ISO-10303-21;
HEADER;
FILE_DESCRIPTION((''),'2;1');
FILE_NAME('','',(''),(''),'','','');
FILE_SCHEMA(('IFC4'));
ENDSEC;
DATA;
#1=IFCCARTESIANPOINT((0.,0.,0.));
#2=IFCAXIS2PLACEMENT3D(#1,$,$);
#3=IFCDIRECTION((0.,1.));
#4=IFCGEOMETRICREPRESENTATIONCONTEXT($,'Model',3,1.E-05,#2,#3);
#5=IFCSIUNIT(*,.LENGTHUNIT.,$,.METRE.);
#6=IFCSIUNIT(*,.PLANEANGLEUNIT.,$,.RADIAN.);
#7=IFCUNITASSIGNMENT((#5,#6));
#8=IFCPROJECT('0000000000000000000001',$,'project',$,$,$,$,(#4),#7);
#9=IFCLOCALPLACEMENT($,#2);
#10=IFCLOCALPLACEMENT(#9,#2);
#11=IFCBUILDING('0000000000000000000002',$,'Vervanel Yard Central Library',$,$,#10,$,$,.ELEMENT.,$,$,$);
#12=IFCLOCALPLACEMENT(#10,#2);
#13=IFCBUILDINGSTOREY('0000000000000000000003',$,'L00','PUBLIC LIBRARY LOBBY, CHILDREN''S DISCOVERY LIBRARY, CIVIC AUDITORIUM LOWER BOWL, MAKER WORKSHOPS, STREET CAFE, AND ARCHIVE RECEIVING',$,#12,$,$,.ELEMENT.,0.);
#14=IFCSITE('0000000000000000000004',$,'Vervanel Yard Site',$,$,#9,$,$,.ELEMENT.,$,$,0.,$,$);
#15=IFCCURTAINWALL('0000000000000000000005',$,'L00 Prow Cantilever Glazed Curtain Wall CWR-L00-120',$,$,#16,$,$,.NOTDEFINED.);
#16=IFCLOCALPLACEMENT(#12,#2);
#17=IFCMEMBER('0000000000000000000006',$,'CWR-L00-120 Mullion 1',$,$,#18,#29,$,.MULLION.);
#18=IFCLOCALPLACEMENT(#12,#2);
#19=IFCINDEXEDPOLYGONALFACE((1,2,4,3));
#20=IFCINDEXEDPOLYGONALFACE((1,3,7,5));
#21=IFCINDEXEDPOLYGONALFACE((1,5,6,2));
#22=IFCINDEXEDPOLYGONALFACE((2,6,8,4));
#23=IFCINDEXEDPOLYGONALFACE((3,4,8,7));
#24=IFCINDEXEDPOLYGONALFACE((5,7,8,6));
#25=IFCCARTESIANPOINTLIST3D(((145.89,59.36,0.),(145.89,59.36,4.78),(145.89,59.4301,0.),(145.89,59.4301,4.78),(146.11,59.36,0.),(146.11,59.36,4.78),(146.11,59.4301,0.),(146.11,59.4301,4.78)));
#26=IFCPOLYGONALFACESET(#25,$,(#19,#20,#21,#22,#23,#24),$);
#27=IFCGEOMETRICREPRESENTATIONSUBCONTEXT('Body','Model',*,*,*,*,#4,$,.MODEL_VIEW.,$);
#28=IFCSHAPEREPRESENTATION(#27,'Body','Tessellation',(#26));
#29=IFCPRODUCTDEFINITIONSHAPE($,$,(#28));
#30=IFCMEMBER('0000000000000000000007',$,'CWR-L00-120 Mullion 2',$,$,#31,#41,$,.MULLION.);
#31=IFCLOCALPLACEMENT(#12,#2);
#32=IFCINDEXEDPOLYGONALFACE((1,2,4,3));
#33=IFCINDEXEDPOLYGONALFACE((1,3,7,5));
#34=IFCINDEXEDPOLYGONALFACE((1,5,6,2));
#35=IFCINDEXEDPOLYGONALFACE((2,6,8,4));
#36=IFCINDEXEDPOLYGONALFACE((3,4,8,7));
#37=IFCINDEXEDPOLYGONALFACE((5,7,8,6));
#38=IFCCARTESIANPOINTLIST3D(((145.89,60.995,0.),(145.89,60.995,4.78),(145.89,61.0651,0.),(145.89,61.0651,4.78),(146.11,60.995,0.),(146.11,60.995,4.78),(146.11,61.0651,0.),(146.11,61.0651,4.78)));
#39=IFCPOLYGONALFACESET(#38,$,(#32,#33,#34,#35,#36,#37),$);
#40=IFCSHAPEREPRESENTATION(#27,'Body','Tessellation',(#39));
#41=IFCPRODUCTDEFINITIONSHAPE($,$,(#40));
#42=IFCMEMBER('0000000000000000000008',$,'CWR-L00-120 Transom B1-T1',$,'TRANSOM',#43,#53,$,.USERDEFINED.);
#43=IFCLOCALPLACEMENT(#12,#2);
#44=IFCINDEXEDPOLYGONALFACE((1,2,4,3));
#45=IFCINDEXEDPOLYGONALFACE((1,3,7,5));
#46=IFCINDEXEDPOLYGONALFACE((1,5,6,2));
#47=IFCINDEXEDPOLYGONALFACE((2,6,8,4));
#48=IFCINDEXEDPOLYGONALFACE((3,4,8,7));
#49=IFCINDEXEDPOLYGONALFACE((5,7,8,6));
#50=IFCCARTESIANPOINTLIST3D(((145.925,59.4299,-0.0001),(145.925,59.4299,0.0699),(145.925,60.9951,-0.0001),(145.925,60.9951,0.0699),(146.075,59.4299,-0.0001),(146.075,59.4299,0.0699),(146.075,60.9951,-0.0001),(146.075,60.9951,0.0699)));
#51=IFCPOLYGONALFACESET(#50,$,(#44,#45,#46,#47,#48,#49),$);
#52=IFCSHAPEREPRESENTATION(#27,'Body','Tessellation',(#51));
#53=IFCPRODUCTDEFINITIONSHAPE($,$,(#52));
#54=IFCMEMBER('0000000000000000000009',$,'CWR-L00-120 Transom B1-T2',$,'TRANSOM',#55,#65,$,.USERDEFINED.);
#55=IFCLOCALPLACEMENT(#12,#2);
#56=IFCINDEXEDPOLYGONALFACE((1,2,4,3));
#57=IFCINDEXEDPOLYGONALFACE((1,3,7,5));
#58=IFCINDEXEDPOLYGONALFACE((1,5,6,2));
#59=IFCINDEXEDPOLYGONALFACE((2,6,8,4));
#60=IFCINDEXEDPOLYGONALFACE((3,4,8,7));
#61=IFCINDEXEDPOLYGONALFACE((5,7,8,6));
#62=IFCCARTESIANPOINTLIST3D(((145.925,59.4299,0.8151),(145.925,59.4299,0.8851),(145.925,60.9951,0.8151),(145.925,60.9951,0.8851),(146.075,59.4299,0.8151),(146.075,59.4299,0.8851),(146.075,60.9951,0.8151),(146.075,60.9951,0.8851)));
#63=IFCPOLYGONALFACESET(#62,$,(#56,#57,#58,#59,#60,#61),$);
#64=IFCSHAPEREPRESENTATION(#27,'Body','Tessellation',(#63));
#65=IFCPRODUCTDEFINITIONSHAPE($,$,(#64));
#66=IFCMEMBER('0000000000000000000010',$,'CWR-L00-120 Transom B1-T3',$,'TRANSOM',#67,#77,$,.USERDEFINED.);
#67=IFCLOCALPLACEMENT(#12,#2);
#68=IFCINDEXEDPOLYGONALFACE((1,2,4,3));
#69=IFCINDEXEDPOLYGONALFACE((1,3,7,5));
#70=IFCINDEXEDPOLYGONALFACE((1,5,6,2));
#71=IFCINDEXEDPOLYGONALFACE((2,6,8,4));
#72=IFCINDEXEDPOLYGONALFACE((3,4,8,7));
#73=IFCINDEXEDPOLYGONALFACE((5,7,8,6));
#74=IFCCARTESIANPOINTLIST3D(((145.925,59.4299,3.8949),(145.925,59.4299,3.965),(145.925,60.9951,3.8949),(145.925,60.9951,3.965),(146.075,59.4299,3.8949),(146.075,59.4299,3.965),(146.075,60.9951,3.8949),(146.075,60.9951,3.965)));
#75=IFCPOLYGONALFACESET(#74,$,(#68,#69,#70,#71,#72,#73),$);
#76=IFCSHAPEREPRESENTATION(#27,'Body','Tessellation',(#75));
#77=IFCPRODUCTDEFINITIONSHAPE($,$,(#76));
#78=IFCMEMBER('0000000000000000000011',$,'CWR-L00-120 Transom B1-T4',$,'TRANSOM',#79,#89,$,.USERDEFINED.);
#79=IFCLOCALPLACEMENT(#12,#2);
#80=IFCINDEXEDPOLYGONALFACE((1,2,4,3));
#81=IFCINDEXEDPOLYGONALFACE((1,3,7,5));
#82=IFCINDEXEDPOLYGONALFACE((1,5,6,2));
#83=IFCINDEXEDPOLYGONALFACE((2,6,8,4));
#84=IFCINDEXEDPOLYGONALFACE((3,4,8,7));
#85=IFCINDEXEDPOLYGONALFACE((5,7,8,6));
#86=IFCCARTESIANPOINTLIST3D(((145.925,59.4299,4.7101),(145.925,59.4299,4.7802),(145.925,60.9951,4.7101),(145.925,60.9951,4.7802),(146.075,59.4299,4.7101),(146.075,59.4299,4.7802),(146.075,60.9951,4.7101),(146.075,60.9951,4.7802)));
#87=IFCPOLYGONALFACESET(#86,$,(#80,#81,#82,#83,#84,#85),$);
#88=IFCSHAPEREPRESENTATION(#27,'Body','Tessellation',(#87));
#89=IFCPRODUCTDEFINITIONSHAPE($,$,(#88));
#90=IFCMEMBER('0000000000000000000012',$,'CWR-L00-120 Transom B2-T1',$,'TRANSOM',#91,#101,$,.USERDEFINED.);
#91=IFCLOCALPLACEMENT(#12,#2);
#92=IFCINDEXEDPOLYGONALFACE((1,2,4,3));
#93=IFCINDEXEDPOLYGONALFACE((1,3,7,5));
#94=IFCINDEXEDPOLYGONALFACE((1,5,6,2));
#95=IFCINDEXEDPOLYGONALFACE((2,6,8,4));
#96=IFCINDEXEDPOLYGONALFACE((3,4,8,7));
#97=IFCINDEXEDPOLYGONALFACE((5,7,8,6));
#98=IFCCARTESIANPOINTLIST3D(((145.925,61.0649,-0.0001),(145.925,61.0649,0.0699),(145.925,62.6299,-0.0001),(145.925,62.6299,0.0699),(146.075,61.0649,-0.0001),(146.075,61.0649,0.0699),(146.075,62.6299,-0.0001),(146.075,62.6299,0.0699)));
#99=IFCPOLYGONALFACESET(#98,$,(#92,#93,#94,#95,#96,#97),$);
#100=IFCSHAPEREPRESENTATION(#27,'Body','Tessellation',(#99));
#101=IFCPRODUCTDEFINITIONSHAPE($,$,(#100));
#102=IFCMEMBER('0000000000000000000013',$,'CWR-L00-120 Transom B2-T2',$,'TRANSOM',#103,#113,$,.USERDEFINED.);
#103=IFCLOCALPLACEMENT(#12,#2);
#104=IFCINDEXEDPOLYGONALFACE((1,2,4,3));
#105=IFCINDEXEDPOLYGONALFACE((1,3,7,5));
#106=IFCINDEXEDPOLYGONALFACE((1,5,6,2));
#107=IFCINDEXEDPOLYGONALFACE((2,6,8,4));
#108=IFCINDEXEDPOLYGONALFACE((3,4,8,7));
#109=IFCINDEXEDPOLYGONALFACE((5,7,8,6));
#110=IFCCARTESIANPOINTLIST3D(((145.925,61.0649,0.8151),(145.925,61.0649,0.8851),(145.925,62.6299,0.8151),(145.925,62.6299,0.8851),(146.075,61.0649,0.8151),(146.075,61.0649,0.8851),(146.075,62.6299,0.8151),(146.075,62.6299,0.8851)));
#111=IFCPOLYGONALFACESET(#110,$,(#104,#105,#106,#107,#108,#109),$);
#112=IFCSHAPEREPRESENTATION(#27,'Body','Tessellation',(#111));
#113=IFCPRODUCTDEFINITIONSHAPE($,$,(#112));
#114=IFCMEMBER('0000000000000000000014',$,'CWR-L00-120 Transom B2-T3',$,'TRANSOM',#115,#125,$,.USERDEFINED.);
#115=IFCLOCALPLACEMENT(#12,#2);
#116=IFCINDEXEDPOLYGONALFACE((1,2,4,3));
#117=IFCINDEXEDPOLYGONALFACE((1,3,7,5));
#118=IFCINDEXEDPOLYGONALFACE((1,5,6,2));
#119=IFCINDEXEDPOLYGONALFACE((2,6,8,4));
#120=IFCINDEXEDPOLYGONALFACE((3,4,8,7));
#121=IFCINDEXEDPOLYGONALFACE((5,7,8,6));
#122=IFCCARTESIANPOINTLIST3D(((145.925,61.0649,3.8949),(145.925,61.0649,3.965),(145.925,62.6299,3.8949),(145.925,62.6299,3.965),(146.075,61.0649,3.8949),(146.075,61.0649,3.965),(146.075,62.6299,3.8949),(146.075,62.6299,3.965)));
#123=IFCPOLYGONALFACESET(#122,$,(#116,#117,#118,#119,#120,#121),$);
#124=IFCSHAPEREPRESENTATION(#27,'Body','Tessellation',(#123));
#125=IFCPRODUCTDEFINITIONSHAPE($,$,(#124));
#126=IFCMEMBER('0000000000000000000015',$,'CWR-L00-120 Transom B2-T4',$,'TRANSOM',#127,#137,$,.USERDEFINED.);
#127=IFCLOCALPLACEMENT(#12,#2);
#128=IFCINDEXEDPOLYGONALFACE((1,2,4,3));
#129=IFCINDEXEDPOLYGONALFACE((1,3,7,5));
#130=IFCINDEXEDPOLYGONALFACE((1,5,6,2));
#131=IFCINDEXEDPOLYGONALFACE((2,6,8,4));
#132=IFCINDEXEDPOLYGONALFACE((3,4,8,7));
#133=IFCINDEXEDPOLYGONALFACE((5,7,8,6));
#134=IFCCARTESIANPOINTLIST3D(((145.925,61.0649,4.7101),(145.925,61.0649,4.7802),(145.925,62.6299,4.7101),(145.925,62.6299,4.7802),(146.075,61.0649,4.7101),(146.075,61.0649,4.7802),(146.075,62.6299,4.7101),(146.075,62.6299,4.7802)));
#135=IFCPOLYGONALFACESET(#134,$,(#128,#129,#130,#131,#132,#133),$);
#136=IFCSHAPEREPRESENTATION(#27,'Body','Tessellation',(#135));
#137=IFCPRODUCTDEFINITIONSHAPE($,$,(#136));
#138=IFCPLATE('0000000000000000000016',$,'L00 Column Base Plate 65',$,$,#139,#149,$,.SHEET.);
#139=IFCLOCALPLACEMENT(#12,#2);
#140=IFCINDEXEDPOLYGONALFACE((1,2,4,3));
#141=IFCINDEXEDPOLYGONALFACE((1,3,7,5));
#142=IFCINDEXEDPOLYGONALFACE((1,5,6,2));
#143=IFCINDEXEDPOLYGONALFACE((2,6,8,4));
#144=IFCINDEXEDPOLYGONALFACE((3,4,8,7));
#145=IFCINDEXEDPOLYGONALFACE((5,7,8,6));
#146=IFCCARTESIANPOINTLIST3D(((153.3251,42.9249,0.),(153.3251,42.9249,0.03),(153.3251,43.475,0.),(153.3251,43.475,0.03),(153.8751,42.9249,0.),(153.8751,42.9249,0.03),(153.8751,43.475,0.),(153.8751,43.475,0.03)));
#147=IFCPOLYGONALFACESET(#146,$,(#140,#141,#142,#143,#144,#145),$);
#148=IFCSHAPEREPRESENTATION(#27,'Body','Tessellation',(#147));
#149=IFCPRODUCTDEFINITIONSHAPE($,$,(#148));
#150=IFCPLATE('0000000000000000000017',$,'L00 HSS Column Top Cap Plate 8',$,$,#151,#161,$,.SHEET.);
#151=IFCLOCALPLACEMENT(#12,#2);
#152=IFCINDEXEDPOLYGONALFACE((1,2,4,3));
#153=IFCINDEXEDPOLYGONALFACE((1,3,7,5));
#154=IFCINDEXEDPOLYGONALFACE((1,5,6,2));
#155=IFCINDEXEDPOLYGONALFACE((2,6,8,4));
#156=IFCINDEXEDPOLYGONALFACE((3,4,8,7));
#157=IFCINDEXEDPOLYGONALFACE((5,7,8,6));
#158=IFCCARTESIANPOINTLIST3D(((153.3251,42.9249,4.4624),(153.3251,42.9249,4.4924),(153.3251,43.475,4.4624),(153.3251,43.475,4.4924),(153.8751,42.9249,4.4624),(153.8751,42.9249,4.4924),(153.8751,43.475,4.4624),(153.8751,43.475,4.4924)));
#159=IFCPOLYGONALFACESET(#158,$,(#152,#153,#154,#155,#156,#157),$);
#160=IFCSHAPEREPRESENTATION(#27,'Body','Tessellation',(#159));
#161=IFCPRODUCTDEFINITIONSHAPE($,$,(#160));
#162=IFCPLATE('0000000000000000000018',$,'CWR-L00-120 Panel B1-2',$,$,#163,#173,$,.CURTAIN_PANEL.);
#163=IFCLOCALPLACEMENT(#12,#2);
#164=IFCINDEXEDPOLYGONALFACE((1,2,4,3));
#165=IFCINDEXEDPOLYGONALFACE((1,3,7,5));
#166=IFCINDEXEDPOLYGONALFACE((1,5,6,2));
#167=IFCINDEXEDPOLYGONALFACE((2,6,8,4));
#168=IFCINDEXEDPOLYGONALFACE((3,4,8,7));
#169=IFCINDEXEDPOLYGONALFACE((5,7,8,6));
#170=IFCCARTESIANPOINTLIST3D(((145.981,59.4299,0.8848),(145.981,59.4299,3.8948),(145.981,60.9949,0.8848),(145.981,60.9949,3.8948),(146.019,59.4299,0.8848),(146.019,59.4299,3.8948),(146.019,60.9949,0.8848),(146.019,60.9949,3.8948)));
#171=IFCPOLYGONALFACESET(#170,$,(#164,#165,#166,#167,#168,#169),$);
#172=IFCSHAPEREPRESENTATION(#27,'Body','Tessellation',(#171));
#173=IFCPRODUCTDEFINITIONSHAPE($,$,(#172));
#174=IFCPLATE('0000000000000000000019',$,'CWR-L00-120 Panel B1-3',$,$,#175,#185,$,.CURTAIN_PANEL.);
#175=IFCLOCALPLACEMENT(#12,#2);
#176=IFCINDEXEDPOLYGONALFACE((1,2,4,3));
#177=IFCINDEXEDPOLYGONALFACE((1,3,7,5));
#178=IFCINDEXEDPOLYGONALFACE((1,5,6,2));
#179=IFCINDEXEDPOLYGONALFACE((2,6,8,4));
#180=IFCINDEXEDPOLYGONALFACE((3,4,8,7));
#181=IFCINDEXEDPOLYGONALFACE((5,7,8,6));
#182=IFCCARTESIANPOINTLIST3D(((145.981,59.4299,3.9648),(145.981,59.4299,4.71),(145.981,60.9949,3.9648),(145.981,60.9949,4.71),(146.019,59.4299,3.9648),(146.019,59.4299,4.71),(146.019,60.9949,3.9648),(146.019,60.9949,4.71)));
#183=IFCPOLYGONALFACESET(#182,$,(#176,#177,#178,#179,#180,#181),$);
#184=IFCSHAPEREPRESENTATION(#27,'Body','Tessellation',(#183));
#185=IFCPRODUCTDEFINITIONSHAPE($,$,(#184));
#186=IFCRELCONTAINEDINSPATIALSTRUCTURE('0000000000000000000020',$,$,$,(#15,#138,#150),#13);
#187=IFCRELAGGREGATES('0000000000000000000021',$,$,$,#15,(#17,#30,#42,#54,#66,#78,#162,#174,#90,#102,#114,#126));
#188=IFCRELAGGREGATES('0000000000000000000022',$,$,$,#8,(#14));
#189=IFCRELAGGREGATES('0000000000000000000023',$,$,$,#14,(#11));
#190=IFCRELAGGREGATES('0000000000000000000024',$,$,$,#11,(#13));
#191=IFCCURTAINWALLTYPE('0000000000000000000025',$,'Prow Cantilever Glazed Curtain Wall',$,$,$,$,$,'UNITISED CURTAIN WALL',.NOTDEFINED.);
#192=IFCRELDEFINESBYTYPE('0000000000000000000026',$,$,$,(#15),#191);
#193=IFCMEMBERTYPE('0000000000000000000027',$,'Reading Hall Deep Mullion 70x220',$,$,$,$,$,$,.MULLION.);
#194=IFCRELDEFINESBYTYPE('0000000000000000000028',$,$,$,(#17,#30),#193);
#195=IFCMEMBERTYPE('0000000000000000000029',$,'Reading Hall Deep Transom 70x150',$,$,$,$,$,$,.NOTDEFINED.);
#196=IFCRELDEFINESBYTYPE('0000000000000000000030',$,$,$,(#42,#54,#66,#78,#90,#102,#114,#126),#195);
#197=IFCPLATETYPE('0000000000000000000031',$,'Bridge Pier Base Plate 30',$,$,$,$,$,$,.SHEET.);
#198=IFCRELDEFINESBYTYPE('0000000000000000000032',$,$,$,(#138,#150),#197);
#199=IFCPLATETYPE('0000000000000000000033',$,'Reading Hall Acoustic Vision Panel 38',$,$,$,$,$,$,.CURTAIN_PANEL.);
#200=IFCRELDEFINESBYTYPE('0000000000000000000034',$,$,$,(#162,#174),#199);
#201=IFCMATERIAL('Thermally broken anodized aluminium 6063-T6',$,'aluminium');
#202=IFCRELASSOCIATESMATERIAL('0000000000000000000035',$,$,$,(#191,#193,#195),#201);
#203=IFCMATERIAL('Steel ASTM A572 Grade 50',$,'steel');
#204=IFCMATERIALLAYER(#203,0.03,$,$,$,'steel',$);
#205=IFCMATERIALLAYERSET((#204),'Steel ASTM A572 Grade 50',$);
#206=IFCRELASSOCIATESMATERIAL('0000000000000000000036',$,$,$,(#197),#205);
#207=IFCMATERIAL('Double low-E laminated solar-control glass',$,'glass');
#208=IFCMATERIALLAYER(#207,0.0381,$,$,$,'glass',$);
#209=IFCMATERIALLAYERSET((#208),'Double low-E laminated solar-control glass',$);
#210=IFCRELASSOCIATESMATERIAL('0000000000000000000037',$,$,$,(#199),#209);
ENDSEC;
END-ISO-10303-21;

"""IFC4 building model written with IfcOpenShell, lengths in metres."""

from ifc_helpers import new_model, si_unit, direction, frame, origin, origin_2d, place, context, subcontext, project, spatial, rectangle, extrude, material, layer, layer_set, material_profile, profile_set, type_object, element, aggregate, save


model = new_model("IFC4")

# Units and contexts
model_context = context("Model", 3, precision=1e-05, world=origin(), true_north=direction((0.0, 1.0)))
body_context = subcontext(model_context, "Body", "Model", "MODEL_VIEW")
ifc_project = project(units=[si_unit("LENGTHUNIT", "METRE"), si_unit("PLANEANGLEUNIT", "RADIAN")], contexts=[model_context])

# Site, building, storey
site_placement = place(None, origin())
site = spatial("IfcSite", under=ifc_project, at=site_placement, Name="Vervanel Yard Site", CompositionType="ELEMENT", RefElevation=0.0)
building_placement = place(site_placement, origin())
building = spatial("IfcBuilding", under=site, at=building_placement, Name="Vervanel Yard Central Library", CompositionType="ELEMENT")
storey_placement = place(building_placement, origin())
storey = spatial("IfcBuildingStorey", under=building, at=storey_placement, Name="L00", Description="PUBLIC LIBRARY LOBBY, CHILDREN'S DISCOVERY LIBRARY, CIVIC AUDITORIUM LOWER BOWL, MAKER WORKSHOPS, STREET CAFE, AND ARCHIVE RECEIVING", CompositionType="ELEMENT", Elevation=0.0)

# Curtain wall, members
ifc_material_1 = material(Name="Thermally broken anodized aluminium 6063-T6", Category="aluminium")
curtain_wall_type = type_object("IfcCurtainWallType", Name="Prow Cantilever Glazed Curtain Wall", ElementType="UNITISED CURTAIN WALL", PredefinedType="NOTDEFINED", material=ifc_material_1)
curtain_wall_placement = place(storey_placement, origin())
curtain_wall = element("IfcCurtainWall", 1, at=curtain_wall_placement, inside=storey, type_object=curtain_wall_type, Name="L00 Prow Cantilever Glazed Curtain Wall CWR-L00-120", PredefinedType="NOTDEFINED")
ifc_material_profile_1 = material_profile(ifc_material_1, rectangle(XDim=0.0701, YDim=0.22, at=origin_2d()), Name="ALU 70x220", Category="aluminium")
ifc_profile_set_1 = profile_set([ifc_material_profile_1], Name="Thermally broken anodized aluminium 6063-T6")
member_type_1 = type_object("IfcMemberType", Name="Reading Hall Deep Mullion 70x220", PredefinedType="MULLION", material=ifc_profile_set_1)
member_1_placement = place(storey_placement, frame((146.0, 59.395, 0.0), z_axis=(0.0, 0.0, 1.0), x_axis=(0.0, 1.0, 0.0)))
member_1 = element("IfcMember", 2, at=member_1_placement, type_object=member_type_1, Name="CWR-L00-120 Mullion 1", PredefinedType="MULLION", context=body_context, shape_type="SweptSolid", body=[
    extrude(rectangle(XDim=0.0701, YDim=0.22, at=origin_2d()), origin(), (0.0, 0.0, 1.0), 4.78),
])
member_2_placement = place(storey_placement, frame((146.0, 61.03, 0.0), z_axis=(0.0, 0.0, 1.0), x_axis=(0.0, 1.0, 0.0)))
member_2 = element("IfcMember", 3, at=member_2_placement, type_object=member_type_1, Name="CWR-L00-120 Mullion 2", PredefinedType="MULLION", context=body_context, shape_type="SweptSolid", body=[
    extrude(rectangle(XDim=0.0701, YDim=0.22, at=origin_2d()), origin(), (0.0, 0.0, 1.0), 4.78),
])
ifc_material_profile_2 = material_profile(ifc_material_1, rectangle(XDim=0.0701, YDim=0.1499, at=origin_2d()), Name="ALU 70x150", Category="aluminium")
ifc_profile_set_2 = profile_set([ifc_material_profile_2], Name="Thermally broken anodized aluminium 6063-T6")
member_type_2 = type_object("IfcMemberType", Name="Reading Hall Deep Transom 70x150", PredefinedType="NOTDEFINED", material=ifc_profile_set_2)
member_3_placement = place(storey_placement, frame((146.0, 59.4299, 0.0349), z_axis=(0.0, 1.0, 0.0), x_axis=(0.0, 0.0, 1.0)))
member_3 = element("IfcMember", 4, at=member_3_placement, type_object=member_type_2, Name="CWR-L00-120 Transom B1-T1", ObjectType="TRANSOM", PredefinedType="USERDEFINED", context=body_context, shape_type="SweptSolid", body=[
    extrude(rectangle(XDim=0.0701, YDim=0.1499, at=origin_2d()), origin(), (0.0, 0.0, 1.0), 1.5652),
])
member_4_placement = place(storey_placement, frame((146.0, 59.4299, 0.8501), z_axis=(0.0, 1.0, 0.0), x_axis=(0.0, 0.0, 1.0)))
member_4 = element("IfcMember", 5, at=member_4_placement, type_object=member_type_2, Name="CWR-L00-120 Transom B1-T2", ObjectType="TRANSOM", PredefinedType="USERDEFINED", context=body_context, shape_type="SweptSolid", body=[
    extrude(rectangle(XDim=0.0701, YDim=0.1499, at=origin_2d()), origin(), (0.0, 0.0, 1.0), 1.5652),
])
member_5_placement = place(storey_placement, frame((146.0, 59.4299, 3.9299), z_axis=(0.0, 1.0, 0.0), x_axis=(0.0, 0.0, 1.0)))
member_5 = element("IfcMember", 6, at=member_5_placement, type_object=member_type_2, Name="CWR-L00-120 Transom B1-T3", ObjectType="TRANSOM", PredefinedType="USERDEFINED", context=body_context, shape_type="SweptSolid", body=[
    extrude(rectangle(XDim=0.0701, YDim=0.1499, at=origin_2d()), origin(), (0.0, 0.0, 1.0), 1.5652),
])
member_6_placement = place(storey_placement, frame((146.0, 59.4299, 4.7451), z_axis=(0.0, 1.0, 0.0), x_axis=(0.0, 0.0, 1.0)))
member_6 = element("IfcMember", 7, at=member_6_placement, type_object=member_type_2, Name="CWR-L00-120 Transom B1-T4", ObjectType="TRANSOM", PredefinedType="USERDEFINED", context=body_context, shape_type="SweptSolid", body=[
    extrude(rectangle(XDim=0.0701, YDim=0.1499, at=origin_2d()), origin(), (0.0, 0.0, 1.0), 1.5652),
])
member_7_placement = place(storey_placement, frame((146.0, 61.0649, 0.0349), z_axis=(0.0, 1.0, 0.0), x_axis=(0.0, 0.0, 1.0)))
member_7 = element("IfcMember", 8, at=member_7_placement, type_object=member_type_2, Name="CWR-L00-120 Transom B2-T1", ObjectType="TRANSOM", PredefinedType="USERDEFINED", context=body_context, shape_type="SweptSolid", body=[
    extrude(rectangle(XDim=0.0701, YDim=0.1499, at=origin_2d()), origin(), (0.0, 0.0, 1.0), 1.5649),
])
member_8_placement = place(storey_placement, frame((146.0, 61.0649, 0.8501), z_axis=(0.0, 1.0, 0.0), x_axis=(0.0, 0.0, 1.0)))
member_8 = element("IfcMember", 9, at=member_8_placement, type_object=member_type_2, Name="CWR-L00-120 Transom B2-T2", ObjectType="TRANSOM", PredefinedType="USERDEFINED", context=body_context, shape_type="SweptSolid", body=[
    extrude(rectangle(XDim=0.0701, YDim=0.1499, at=origin_2d()), origin(), (0.0, 0.0, 1.0), 1.5649),
])
member_9_placement = place(storey_placement, frame((146.0, 61.0649, 3.9299), z_axis=(0.0, 1.0, 0.0), x_axis=(0.0, 0.0, 1.0)))
member_9 = element("IfcMember", 10, at=member_9_placement, type_object=member_type_2, Name="CWR-L00-120 Transom B2-T3", ObjectType="TRANSOM", PredefinedType="USERDEFINED", context=body_context, shape_type="SweptSolid", body=[
    extrude(rectangle(XDim=0.0701, YDim=0.1499, at=origin_2d()), origin(), (0.0, 0.0, 1.0), 1.5649),
])
member_10_placement = place(storey_placement, frame((146.0, 61.0649, 4.7451), z_axis=(0.0, 1.0, 0.0), x_axis=(0.0, 0.0, 1.0)))
member_10 = element("IfcMember", 11, at=member_10_placement, type_object=member_type_2, Name="CWR-L00-120 Transom B2-T4", ObjectType="TRANSOM", PredefinedType="USERDEFINED", context=body_context, shape_type="SweptSolid", body=[
    extrude(rectangle(XDim=0.0701, YDim=0.1499, at=origin_2d()), origin(), (0.0, 0.0, 1.0), 1.5649),
])

# Plates
ifc_material_2 = material(Name="Steel ASTM A572 Grade 50", Category="steel")
ifc_layer_1 = layer(ifc_material_2, 0.03, Category="steel")
ifc_layer_set_1 = layer_set([ifc_layer_1], Name="Steel ASTM A572 Grade 50")
plate_type_1 = type_object("IfcPlateType", Name="Bridge Pier Base Plate 30", PredefinedType="SHEET", material=ifc_layer_set_1)
for number, where, z_axis, x_axis, name in (
    (12, (153.6001, 43.2, 0.0), (0.0, 0.0, 1.0), (1.0, 0.0, 0.0), "L00 Column Base Plate 65"),
    (13, (153.6001, 43.2, 4.4624), (0.0, 0.0, 1.0), (1.0, 0.0, 0.0), "L00 HSS Column Top Cap Plate 8"),
):
    element("IfcPlate", number, at=place(storey_placement, frame(where, z_axis=z_axis, x_axis=x_axis)), inside=storey, type_object=plate_type_1, Name=name, PredefinedType="SHEET", context=body_context, shape_type="SweptSolid", body=[
        extrude(rectangle(XDim=0.55, YDim=0.55, at=origin_2d()), origin(), (0.0, 0.0, 1.0), 0.03),
    ])

# Plates
ifc_material_3 = material(Name="Double low-E laminated solar-control glass", Category="glass")
ifc_layer_2 = layer(ifc_material_3, 0.0381, Category="glass")
ifc_layer_set_2 = layer_set([ifc_layer_2], Name="Double low-E laminated solar-control glass")
plate_type_2 = type_object("IfcPlateType", Name="Reading Hall Acoustic Vision Panel 38", PredefinedType="CURTAIN_PANEL", material=ifc_layer_set_2)
plate_1_placement = place(storey_placement, frame((146.0, 60.2124, 0.8848), z_axis=(0.0, 0.0, 1.0), x_axis=(0.0, 1.0, 0.0)))
plate_1 = element("IfcPlate", 14, at=plate_1_placement, type_object=plate_type_2, Name="CWR-L00-120 Panel B1-2", PredefinedType="CURTAIN_PANEL", context=body_context, shape_type="SweptSolid", body=[
    extrude(rectangle(XDim=1.5649, YDim=0.0381, at=origin_2d()), origin(), (0.0, 0.0, 1.0), 3.01),
])
plate_2_placement = place(storey_placement, frame((146.0, 60.2124, 3.9648), z_axis=(0.0, 0.0, 1.0), x_axis=(0.0, 1.0, 0.0)))
plate_2 = element("IfcPlate", 15, at=plate_2_placement, type_object=plate_type_2, Name="CWR-L00-120 Panel B1-3", PredefinedType="CURTAIN_PANEL", context=body_context, shape_type="SweptSolid", body=[
    extrude(rectangle(XDim=1.5649, YDim=0.0381, at=origin_2d()), origin(), (0.0, 0.0, 1.0), 0.7451),
])
aggregate(curtain_wall, [member_1, member_2, member_3, member_4, member_5, member_6, plate_1, plate_2, member_7, member_8, member_9, member_10])

save(model, "model.ifc")
